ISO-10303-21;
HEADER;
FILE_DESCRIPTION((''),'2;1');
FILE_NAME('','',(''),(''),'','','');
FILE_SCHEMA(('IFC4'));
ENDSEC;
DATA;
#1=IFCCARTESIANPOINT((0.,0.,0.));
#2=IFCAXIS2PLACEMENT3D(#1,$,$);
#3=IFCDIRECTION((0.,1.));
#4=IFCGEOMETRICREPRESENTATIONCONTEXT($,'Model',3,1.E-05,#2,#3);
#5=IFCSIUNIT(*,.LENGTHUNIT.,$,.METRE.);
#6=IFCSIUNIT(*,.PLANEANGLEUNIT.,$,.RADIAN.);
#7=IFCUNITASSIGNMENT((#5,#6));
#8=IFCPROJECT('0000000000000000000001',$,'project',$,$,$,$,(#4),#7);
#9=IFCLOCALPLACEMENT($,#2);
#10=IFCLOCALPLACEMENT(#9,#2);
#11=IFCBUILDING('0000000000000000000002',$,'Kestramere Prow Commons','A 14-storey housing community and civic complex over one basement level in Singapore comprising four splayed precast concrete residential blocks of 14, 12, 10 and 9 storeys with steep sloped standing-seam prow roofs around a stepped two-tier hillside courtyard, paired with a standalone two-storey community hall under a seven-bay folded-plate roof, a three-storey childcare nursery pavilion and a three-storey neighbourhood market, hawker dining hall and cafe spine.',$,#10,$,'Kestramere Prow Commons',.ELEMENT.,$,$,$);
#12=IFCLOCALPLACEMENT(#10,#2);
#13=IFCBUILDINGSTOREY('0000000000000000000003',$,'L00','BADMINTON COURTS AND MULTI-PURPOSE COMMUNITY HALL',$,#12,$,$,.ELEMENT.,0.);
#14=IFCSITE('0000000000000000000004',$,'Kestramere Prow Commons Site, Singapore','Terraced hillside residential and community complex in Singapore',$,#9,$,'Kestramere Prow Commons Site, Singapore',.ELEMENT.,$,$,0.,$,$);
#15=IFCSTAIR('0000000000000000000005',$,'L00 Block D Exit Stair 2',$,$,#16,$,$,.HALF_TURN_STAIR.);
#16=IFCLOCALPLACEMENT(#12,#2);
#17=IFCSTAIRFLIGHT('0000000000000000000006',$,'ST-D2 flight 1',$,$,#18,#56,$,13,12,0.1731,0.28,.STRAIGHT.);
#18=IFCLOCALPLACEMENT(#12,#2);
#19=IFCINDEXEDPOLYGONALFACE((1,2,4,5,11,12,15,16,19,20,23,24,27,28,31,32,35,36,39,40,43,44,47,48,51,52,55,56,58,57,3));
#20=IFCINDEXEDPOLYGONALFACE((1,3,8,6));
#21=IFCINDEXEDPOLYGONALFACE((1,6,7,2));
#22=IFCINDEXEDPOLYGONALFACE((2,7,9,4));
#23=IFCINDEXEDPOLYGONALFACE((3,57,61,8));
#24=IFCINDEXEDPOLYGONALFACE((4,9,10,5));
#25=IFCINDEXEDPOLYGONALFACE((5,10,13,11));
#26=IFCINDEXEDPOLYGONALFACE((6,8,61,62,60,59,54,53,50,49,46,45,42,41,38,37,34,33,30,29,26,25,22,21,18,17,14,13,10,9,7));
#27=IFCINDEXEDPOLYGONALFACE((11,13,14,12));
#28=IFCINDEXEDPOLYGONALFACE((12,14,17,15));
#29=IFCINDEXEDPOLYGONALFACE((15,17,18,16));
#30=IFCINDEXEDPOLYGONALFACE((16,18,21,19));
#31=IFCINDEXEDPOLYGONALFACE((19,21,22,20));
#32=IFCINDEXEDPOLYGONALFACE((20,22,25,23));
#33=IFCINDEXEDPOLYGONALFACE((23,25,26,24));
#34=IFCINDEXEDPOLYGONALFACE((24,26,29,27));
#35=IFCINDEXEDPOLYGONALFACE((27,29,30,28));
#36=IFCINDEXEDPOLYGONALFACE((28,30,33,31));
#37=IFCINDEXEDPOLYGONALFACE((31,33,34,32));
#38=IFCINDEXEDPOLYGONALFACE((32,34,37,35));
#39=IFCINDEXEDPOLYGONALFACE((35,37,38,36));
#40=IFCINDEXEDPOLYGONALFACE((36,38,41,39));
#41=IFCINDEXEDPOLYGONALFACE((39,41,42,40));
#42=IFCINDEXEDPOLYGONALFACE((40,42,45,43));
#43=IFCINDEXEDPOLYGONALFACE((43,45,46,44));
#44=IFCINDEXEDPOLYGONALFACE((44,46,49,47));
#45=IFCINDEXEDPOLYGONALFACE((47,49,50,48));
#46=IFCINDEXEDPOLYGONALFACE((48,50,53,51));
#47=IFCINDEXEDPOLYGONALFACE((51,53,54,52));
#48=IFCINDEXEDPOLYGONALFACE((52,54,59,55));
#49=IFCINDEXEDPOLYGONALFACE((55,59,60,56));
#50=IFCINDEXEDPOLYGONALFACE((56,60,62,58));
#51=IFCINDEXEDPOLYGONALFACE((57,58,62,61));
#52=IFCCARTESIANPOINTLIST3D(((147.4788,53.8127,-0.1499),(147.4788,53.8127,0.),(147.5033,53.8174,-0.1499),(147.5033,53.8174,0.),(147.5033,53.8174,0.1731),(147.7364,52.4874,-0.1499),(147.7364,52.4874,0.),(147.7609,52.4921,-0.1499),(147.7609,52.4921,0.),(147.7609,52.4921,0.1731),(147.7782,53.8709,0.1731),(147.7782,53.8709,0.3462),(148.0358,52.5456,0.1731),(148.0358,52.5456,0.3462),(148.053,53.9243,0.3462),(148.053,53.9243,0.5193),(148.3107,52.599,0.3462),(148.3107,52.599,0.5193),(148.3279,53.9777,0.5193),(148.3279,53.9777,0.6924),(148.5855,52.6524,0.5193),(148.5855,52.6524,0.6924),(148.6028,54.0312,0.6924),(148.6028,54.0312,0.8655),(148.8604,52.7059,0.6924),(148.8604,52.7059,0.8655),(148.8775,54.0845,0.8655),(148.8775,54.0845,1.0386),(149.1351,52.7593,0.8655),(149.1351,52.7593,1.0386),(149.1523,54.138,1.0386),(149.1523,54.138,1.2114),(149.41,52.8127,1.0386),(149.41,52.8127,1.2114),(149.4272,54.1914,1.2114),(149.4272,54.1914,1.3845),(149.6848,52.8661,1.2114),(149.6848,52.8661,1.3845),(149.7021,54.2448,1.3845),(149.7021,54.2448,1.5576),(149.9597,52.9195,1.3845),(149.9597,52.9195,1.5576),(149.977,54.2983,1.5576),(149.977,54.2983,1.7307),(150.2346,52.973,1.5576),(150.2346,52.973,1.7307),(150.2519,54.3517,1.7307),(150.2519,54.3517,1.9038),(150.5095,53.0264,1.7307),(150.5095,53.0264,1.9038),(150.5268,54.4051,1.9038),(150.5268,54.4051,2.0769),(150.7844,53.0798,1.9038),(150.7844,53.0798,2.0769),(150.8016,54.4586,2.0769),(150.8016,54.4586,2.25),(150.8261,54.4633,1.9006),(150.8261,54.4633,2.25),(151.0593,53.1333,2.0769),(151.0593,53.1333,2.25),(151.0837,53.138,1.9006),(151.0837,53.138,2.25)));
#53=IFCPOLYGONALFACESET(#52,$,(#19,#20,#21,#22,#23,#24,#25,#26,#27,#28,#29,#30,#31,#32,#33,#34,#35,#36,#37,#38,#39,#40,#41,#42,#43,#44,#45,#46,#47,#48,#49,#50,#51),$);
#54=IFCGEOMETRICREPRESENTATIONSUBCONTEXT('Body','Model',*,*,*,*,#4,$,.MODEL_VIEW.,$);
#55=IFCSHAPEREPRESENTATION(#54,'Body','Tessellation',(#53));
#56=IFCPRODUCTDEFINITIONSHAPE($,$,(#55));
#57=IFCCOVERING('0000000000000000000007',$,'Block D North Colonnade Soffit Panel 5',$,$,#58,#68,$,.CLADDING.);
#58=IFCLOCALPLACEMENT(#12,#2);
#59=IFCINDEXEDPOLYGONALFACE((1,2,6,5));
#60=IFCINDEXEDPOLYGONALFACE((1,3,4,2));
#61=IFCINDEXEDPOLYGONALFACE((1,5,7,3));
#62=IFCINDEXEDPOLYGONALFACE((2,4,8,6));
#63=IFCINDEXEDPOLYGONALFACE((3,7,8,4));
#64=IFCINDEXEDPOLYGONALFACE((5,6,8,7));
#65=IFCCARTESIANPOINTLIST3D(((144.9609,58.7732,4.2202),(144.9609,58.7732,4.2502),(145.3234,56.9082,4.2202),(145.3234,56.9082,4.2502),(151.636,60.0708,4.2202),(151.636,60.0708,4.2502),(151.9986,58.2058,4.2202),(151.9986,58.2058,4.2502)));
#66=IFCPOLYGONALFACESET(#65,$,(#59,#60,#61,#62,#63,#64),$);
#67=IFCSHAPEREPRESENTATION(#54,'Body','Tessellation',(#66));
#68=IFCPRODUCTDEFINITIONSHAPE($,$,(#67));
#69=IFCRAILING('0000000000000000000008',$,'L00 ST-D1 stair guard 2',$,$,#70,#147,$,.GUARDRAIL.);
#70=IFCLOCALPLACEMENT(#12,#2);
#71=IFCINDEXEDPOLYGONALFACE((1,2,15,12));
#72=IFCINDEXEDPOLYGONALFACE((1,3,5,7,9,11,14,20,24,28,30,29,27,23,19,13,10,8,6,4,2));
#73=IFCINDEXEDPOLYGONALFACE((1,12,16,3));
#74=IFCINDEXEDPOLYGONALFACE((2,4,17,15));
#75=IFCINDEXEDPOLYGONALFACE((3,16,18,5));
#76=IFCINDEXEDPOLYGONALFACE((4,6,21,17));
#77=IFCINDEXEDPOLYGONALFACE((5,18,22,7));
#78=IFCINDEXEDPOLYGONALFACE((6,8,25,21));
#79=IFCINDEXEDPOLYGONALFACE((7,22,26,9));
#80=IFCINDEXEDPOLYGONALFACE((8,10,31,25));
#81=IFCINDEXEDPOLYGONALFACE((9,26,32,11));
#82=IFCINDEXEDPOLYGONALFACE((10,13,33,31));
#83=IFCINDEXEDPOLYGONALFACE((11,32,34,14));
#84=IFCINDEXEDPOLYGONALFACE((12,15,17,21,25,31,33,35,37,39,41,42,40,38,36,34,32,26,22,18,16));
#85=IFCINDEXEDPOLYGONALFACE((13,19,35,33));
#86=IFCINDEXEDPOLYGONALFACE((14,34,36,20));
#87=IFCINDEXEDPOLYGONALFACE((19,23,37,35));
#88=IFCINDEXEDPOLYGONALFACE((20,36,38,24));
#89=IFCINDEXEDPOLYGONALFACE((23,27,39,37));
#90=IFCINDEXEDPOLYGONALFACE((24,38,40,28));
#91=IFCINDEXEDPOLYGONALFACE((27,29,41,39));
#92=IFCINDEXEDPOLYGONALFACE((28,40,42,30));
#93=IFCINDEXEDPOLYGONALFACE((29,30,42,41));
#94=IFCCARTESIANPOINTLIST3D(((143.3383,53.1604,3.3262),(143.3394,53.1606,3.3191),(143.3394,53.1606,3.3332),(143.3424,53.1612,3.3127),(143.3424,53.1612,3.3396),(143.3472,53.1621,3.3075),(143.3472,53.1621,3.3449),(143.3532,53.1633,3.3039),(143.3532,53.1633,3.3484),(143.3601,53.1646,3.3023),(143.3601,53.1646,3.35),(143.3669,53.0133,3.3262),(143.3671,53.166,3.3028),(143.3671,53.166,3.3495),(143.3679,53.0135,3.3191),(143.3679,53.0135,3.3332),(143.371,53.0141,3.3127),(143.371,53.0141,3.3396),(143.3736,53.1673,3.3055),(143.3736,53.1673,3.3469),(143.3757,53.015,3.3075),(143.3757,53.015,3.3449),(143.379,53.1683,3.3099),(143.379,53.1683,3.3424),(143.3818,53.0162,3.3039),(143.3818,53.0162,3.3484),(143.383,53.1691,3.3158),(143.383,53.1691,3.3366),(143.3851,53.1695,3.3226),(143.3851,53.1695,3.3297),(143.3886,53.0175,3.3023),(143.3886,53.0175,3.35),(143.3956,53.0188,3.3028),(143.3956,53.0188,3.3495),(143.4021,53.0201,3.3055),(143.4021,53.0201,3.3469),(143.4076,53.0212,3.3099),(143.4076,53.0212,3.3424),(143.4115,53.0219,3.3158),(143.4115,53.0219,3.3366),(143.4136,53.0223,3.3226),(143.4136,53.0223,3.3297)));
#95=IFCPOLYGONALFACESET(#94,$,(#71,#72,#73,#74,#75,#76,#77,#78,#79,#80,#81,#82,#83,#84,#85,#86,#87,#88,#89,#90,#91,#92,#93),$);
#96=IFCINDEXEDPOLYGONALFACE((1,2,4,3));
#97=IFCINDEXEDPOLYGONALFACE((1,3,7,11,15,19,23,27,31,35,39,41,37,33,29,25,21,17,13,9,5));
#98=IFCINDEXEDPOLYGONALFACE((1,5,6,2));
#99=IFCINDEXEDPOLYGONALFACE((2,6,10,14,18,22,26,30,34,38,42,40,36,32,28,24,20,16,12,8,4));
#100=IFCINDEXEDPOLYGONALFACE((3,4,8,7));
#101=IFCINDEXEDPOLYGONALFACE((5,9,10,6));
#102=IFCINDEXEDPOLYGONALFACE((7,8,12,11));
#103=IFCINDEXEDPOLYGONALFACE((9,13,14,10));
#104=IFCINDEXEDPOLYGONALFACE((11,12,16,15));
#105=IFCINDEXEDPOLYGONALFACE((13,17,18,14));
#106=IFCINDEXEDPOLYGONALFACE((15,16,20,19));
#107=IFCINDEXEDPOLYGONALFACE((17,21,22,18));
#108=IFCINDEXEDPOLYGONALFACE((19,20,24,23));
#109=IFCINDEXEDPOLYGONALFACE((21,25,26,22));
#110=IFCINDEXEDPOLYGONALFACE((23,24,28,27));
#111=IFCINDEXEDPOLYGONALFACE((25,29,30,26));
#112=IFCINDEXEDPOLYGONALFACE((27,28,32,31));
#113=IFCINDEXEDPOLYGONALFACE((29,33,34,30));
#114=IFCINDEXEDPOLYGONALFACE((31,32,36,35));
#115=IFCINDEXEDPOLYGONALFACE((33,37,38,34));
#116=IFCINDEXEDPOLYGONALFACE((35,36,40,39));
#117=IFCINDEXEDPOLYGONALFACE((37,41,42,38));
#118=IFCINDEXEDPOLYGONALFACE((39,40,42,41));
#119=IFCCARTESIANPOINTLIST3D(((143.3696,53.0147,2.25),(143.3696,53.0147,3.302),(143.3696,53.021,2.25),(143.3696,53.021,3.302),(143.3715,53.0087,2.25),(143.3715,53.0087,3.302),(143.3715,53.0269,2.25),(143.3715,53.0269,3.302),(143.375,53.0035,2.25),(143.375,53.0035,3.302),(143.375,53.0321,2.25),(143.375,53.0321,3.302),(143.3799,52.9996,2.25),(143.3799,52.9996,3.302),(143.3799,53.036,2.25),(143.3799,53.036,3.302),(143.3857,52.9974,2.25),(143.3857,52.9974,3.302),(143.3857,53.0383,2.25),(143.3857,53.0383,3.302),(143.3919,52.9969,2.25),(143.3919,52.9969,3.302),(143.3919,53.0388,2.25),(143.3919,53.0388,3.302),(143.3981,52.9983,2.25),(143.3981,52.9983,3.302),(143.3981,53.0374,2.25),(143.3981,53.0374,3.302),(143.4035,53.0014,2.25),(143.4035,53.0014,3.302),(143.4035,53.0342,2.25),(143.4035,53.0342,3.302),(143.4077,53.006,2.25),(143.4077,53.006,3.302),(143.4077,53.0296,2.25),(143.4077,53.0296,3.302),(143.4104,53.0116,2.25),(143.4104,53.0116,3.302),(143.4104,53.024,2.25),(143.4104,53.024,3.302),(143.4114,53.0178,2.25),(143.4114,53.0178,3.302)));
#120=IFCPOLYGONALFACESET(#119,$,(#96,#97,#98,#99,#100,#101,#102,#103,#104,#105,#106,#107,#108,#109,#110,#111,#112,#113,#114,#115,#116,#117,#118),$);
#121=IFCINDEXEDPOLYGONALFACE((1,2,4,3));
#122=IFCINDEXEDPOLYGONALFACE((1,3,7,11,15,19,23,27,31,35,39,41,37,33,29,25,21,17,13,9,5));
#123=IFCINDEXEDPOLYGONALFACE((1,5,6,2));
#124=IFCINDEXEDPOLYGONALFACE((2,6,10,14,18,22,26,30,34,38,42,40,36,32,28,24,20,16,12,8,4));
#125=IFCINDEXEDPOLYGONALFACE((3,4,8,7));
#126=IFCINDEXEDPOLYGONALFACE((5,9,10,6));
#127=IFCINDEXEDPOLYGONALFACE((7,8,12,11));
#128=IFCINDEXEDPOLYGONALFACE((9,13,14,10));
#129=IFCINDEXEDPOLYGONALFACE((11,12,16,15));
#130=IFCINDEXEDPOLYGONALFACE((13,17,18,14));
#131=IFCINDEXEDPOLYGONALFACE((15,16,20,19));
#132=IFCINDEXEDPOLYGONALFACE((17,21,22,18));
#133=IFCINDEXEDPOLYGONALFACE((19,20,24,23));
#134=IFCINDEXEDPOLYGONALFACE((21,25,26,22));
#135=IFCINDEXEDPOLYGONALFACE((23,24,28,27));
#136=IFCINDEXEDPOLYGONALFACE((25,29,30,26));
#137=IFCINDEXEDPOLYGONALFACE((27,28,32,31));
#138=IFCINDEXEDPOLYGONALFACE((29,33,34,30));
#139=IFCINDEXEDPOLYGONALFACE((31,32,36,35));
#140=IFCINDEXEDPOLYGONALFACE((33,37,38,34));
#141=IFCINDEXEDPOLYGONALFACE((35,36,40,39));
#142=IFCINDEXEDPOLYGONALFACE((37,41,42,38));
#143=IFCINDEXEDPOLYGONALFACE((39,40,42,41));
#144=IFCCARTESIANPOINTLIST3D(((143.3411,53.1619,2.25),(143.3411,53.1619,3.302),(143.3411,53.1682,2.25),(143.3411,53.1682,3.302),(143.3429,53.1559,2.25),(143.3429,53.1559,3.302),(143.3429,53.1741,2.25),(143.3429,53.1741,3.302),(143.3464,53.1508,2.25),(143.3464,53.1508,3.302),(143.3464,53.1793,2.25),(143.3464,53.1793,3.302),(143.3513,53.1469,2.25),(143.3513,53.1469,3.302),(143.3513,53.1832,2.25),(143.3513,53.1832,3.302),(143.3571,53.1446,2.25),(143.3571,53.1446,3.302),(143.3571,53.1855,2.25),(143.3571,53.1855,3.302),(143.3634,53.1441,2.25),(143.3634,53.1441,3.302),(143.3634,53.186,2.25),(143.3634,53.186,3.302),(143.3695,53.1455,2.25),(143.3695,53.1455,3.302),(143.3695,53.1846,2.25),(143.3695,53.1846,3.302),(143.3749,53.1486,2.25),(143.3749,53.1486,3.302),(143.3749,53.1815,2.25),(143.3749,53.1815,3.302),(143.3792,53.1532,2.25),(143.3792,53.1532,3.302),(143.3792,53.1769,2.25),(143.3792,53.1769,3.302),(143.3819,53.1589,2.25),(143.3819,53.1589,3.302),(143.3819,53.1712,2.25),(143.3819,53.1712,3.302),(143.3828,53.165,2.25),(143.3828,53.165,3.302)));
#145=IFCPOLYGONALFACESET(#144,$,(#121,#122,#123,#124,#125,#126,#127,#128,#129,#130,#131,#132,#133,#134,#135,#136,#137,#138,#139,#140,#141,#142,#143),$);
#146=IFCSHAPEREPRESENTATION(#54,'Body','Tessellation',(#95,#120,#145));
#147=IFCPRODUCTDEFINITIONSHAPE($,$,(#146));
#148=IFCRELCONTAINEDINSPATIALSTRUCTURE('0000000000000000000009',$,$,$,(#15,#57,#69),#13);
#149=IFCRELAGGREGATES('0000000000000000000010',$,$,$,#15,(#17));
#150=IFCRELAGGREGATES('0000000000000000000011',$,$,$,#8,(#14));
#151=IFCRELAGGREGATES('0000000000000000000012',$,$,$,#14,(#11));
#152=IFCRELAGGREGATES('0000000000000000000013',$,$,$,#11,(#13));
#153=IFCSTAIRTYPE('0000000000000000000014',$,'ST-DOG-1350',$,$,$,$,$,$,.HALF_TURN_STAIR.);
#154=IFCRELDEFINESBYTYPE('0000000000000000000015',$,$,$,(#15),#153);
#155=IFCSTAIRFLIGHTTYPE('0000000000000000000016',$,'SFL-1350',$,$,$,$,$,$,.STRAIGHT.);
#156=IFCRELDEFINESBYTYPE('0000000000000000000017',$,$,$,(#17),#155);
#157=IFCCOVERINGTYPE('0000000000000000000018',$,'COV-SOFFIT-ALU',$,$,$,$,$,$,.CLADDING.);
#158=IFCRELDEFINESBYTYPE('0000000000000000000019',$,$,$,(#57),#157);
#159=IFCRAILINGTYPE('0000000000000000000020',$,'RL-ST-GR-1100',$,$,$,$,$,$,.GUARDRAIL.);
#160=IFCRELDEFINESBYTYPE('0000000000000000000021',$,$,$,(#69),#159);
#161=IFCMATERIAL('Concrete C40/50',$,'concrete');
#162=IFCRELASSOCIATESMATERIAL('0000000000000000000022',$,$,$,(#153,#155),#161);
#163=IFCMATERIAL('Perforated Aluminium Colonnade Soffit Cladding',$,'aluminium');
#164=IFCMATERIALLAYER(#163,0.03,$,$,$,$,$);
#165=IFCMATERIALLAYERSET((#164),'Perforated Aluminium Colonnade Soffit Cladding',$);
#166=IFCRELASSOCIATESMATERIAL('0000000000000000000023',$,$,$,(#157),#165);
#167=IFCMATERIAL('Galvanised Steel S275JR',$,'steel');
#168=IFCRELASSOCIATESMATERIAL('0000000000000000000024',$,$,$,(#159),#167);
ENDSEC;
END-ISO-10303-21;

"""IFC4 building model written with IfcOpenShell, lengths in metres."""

from ifc_helpers import new_model, si_unit, direction, frame, origin, origin_2d, place, context, subcontext, project, spatial, polyline, rectangle, circle, outline, extrude, material, layer, layer_set, type_object, element, aggregate, save


model = new_model("IFC4")

# Units and contexts
model_context = context("Model", 3, precision=1e-05, world=origin(), true_north=direction((0.0, 1.0)))
body_context = subcontext(model_context, "Body", "Model", "MODEL_VIEW")
ifc_project = project(units=[si_unit("LENGTHUNIT", "METRE"), si_unit("PLANEANGLEUNIT", "RADIAN")], contexts=[model_context])

# Site, building, storey
site_placement = place(None, origin())
site = spatial("IfcSite", under=ifc_project, at=site_placement, Name="Kestramere Prow Commons Site, Singapore", Description="Terraced hillside residential and community complex in Singapore", LongName="Kestramere Prow Commons Site, Singapore", CompositionType="ELEMENT", RefElevation=0.0)
building_placement = place(site_placement, origin())
building = spatial("IfcBuilding", under=site, at=building_placement, Name="Kestramere Prow Commons", Description="A 14-storey housing community and civic complex over one basement level in Singapore comprising four splayed precast concrete residential blocks of 14, 12, 10 and 9 storeys with steep sloped standing-seam prow roofs around a stepped two-tier hillside courtyard, paired with a standalone two-storey community hall under a seven-bay folded-plate roof, a three-storey childcare nursery pavilion and a three-storey neighbourhood market, hawker dining hall and cafe spine.", LongName="Kestramere Prow Commons", CompositionType="ELEMENT")
storey_placement = place(building_placement, origin())
storey = spatial("IfcBuildingStorey", under=building, at=storey_placement, Name="L00", Description="BADMINTON COURTS AND MULTI-PURPOSE COMMUNITY HALL", CompositionType="ELEMENT", Elevation=0.0)

# Shared definitions
ifc_material_1 = material(Name="Concrete C40/50", Category="concrete")

# Stair, stair flight
stair_type = type_object("IfcStairType", Name="ST-DOG-1350", PredefinedType="HALF_TURN_STAIR", material=ifc_material_1)
stair_placement = place(storey_placement, origin())
stair = element("IfcStair", 1, at=stair_placement, inside=storey, type_object=stair_type, Name="L00 Block D Exit Stair 2", PredefinedType="HALF_TURN_STAIR")
stair_flight_type = type_object("IfcStairFlightType", Name="SFL-1350", PredefinedType="STRAIGHT", material=ifc_material_1)
stair_flight_placement = place(storey_placement, frame((147.6321, 53.1548, 0.0), z_axis=(0.0, 0.0, 1.0), x_axis=(0.981627, 0.190809, 0.0)))
stair_flight = element("IfcStairFlight", 2, at=stair_flight_placement, type_object=stair_flight_type, Name="ST-D2 flight 1", NumberOfRisers=13, NumberOfTreads=12, PredefinedType="STRAIGHT", RiserHeight=0.1731, TreadLength=0.28, context=body_context, shape_type="SweptSolid", body=[
    extrude(outline(polyline([(-0.0249, 0.0), (0.0, 0.0), (0.0, 0.1731), (0.28, 0.1731), (0.28, 0.3462), (0.5601, 0.3462), (0.5601, 0.5193), (0.8401, 0.5193), (0.8401, 0.6924), (1.1201, 0.6924), (1.1201, 0.8655), (1.3999, 0.8655), (1.3999, 1.0386), (1.6799, 1.0386), (1.6799, 1.2114), (1.96, 1.2114), (1.96, 1.3845), (2.24, 1.3845), (2.24, 1.5576), (2.52, 1.5576), (2.52, 1.7307), (2.8, 1.7307), (2.8, 1.9038), (3.0801, 1.9038), (3.0801, 2.0769), (3.3601, 2.0769), (3.3601, 2.25), (3.385, 2.25), (3.385, 1.9006), (0.0, -0.1499), (-0.0249, -0.1499), (-0.0249, 0.0)])), frame((0.0, 0.675, 0.0), z_axis=(0.0, -1.0, 0.0), x_axis=(1.0, 0.0, 0.0)), (0.0, 0.0, 1.0), 1.3501),
])
aggregate(stair, [stair_flight])

# Covering
ifc_material_2 = material(Name="Perforated Aluminium Colonnade Soffit Cladding", Category="aluminium")
ifc_layer_1 = layer(ifc_material_2, 0.03)
ifc_layer_set_1 = layer_set([ifc_layer_1], Name="Perforated Aluminium Colonnade Soffit Cladding")
covering_type = type_object("IfcCoveringType", Name="COV-SOFFIT-ALU", PredefinedType="CLADDING", material=ifc_layer_set_1)
covering_placement = place(storey_placement, frame((148.4797, 58.4895, 4.2202), z_axis=(0.0, 0.0, 1.0), x_axis=(0.981627, 0.190809, 0.0)))
element("IfcCovering", 3, at=covering_placement, inside=storey, type_object=covering_type, Name="Block D North Colonnade Soffit Panel 5", PredefinedType="CLADDING", context=body_context, shape_type="SweptSolid", body=[
    extrude(rectangle(XDim=6.8, YDim=1.8999, at=origin_2d()), origin(), (0.0, 0.0, 1.0), 0.03),
])

# Railing
ifc_material_3 = material(Name="Galvanised Steel S275JR", Category="steel")
railing_type_1 = type_object("IfcRailingType", Name="RL-ST-GR-1100", PredefinedType="GUARDRAIL", material=ifc_material_3)
railing_1_placement = place(storey_placement, frame((143.3904, 53.0178, 2.25)))
element("IfcRailing", 4, at=railing_1_placement, inside=storey, type_object=railing_type_1, Name="L00 ST-D1 stair guard 2", PredefinedType="GUARDRAIL", context=body_context, shape_type="SweptSolid", body=[
    extrude(circle(Radius=0.0239, at=origin_2d()), frame((0.0, 0.0, 1.0762), z_axis=(-0.190477, 0.981692, 0.0), x_axis=(-0.981692, -0.190477, 0.0)), (0.0, 0.0, 1.0), 0.1499),
    extrude(circle(Radius=0.021, at=origin_2d()), origin(), (0.0, 0.0, 1.0), 1.052),
    extrude(circle(Radius=0.021, at=origin_2d()), frame((-0.0286, 0.1472, 0.0)), (0.0, 0.0, 1.0), 1.052),
])

save(model, "model.ifc")
